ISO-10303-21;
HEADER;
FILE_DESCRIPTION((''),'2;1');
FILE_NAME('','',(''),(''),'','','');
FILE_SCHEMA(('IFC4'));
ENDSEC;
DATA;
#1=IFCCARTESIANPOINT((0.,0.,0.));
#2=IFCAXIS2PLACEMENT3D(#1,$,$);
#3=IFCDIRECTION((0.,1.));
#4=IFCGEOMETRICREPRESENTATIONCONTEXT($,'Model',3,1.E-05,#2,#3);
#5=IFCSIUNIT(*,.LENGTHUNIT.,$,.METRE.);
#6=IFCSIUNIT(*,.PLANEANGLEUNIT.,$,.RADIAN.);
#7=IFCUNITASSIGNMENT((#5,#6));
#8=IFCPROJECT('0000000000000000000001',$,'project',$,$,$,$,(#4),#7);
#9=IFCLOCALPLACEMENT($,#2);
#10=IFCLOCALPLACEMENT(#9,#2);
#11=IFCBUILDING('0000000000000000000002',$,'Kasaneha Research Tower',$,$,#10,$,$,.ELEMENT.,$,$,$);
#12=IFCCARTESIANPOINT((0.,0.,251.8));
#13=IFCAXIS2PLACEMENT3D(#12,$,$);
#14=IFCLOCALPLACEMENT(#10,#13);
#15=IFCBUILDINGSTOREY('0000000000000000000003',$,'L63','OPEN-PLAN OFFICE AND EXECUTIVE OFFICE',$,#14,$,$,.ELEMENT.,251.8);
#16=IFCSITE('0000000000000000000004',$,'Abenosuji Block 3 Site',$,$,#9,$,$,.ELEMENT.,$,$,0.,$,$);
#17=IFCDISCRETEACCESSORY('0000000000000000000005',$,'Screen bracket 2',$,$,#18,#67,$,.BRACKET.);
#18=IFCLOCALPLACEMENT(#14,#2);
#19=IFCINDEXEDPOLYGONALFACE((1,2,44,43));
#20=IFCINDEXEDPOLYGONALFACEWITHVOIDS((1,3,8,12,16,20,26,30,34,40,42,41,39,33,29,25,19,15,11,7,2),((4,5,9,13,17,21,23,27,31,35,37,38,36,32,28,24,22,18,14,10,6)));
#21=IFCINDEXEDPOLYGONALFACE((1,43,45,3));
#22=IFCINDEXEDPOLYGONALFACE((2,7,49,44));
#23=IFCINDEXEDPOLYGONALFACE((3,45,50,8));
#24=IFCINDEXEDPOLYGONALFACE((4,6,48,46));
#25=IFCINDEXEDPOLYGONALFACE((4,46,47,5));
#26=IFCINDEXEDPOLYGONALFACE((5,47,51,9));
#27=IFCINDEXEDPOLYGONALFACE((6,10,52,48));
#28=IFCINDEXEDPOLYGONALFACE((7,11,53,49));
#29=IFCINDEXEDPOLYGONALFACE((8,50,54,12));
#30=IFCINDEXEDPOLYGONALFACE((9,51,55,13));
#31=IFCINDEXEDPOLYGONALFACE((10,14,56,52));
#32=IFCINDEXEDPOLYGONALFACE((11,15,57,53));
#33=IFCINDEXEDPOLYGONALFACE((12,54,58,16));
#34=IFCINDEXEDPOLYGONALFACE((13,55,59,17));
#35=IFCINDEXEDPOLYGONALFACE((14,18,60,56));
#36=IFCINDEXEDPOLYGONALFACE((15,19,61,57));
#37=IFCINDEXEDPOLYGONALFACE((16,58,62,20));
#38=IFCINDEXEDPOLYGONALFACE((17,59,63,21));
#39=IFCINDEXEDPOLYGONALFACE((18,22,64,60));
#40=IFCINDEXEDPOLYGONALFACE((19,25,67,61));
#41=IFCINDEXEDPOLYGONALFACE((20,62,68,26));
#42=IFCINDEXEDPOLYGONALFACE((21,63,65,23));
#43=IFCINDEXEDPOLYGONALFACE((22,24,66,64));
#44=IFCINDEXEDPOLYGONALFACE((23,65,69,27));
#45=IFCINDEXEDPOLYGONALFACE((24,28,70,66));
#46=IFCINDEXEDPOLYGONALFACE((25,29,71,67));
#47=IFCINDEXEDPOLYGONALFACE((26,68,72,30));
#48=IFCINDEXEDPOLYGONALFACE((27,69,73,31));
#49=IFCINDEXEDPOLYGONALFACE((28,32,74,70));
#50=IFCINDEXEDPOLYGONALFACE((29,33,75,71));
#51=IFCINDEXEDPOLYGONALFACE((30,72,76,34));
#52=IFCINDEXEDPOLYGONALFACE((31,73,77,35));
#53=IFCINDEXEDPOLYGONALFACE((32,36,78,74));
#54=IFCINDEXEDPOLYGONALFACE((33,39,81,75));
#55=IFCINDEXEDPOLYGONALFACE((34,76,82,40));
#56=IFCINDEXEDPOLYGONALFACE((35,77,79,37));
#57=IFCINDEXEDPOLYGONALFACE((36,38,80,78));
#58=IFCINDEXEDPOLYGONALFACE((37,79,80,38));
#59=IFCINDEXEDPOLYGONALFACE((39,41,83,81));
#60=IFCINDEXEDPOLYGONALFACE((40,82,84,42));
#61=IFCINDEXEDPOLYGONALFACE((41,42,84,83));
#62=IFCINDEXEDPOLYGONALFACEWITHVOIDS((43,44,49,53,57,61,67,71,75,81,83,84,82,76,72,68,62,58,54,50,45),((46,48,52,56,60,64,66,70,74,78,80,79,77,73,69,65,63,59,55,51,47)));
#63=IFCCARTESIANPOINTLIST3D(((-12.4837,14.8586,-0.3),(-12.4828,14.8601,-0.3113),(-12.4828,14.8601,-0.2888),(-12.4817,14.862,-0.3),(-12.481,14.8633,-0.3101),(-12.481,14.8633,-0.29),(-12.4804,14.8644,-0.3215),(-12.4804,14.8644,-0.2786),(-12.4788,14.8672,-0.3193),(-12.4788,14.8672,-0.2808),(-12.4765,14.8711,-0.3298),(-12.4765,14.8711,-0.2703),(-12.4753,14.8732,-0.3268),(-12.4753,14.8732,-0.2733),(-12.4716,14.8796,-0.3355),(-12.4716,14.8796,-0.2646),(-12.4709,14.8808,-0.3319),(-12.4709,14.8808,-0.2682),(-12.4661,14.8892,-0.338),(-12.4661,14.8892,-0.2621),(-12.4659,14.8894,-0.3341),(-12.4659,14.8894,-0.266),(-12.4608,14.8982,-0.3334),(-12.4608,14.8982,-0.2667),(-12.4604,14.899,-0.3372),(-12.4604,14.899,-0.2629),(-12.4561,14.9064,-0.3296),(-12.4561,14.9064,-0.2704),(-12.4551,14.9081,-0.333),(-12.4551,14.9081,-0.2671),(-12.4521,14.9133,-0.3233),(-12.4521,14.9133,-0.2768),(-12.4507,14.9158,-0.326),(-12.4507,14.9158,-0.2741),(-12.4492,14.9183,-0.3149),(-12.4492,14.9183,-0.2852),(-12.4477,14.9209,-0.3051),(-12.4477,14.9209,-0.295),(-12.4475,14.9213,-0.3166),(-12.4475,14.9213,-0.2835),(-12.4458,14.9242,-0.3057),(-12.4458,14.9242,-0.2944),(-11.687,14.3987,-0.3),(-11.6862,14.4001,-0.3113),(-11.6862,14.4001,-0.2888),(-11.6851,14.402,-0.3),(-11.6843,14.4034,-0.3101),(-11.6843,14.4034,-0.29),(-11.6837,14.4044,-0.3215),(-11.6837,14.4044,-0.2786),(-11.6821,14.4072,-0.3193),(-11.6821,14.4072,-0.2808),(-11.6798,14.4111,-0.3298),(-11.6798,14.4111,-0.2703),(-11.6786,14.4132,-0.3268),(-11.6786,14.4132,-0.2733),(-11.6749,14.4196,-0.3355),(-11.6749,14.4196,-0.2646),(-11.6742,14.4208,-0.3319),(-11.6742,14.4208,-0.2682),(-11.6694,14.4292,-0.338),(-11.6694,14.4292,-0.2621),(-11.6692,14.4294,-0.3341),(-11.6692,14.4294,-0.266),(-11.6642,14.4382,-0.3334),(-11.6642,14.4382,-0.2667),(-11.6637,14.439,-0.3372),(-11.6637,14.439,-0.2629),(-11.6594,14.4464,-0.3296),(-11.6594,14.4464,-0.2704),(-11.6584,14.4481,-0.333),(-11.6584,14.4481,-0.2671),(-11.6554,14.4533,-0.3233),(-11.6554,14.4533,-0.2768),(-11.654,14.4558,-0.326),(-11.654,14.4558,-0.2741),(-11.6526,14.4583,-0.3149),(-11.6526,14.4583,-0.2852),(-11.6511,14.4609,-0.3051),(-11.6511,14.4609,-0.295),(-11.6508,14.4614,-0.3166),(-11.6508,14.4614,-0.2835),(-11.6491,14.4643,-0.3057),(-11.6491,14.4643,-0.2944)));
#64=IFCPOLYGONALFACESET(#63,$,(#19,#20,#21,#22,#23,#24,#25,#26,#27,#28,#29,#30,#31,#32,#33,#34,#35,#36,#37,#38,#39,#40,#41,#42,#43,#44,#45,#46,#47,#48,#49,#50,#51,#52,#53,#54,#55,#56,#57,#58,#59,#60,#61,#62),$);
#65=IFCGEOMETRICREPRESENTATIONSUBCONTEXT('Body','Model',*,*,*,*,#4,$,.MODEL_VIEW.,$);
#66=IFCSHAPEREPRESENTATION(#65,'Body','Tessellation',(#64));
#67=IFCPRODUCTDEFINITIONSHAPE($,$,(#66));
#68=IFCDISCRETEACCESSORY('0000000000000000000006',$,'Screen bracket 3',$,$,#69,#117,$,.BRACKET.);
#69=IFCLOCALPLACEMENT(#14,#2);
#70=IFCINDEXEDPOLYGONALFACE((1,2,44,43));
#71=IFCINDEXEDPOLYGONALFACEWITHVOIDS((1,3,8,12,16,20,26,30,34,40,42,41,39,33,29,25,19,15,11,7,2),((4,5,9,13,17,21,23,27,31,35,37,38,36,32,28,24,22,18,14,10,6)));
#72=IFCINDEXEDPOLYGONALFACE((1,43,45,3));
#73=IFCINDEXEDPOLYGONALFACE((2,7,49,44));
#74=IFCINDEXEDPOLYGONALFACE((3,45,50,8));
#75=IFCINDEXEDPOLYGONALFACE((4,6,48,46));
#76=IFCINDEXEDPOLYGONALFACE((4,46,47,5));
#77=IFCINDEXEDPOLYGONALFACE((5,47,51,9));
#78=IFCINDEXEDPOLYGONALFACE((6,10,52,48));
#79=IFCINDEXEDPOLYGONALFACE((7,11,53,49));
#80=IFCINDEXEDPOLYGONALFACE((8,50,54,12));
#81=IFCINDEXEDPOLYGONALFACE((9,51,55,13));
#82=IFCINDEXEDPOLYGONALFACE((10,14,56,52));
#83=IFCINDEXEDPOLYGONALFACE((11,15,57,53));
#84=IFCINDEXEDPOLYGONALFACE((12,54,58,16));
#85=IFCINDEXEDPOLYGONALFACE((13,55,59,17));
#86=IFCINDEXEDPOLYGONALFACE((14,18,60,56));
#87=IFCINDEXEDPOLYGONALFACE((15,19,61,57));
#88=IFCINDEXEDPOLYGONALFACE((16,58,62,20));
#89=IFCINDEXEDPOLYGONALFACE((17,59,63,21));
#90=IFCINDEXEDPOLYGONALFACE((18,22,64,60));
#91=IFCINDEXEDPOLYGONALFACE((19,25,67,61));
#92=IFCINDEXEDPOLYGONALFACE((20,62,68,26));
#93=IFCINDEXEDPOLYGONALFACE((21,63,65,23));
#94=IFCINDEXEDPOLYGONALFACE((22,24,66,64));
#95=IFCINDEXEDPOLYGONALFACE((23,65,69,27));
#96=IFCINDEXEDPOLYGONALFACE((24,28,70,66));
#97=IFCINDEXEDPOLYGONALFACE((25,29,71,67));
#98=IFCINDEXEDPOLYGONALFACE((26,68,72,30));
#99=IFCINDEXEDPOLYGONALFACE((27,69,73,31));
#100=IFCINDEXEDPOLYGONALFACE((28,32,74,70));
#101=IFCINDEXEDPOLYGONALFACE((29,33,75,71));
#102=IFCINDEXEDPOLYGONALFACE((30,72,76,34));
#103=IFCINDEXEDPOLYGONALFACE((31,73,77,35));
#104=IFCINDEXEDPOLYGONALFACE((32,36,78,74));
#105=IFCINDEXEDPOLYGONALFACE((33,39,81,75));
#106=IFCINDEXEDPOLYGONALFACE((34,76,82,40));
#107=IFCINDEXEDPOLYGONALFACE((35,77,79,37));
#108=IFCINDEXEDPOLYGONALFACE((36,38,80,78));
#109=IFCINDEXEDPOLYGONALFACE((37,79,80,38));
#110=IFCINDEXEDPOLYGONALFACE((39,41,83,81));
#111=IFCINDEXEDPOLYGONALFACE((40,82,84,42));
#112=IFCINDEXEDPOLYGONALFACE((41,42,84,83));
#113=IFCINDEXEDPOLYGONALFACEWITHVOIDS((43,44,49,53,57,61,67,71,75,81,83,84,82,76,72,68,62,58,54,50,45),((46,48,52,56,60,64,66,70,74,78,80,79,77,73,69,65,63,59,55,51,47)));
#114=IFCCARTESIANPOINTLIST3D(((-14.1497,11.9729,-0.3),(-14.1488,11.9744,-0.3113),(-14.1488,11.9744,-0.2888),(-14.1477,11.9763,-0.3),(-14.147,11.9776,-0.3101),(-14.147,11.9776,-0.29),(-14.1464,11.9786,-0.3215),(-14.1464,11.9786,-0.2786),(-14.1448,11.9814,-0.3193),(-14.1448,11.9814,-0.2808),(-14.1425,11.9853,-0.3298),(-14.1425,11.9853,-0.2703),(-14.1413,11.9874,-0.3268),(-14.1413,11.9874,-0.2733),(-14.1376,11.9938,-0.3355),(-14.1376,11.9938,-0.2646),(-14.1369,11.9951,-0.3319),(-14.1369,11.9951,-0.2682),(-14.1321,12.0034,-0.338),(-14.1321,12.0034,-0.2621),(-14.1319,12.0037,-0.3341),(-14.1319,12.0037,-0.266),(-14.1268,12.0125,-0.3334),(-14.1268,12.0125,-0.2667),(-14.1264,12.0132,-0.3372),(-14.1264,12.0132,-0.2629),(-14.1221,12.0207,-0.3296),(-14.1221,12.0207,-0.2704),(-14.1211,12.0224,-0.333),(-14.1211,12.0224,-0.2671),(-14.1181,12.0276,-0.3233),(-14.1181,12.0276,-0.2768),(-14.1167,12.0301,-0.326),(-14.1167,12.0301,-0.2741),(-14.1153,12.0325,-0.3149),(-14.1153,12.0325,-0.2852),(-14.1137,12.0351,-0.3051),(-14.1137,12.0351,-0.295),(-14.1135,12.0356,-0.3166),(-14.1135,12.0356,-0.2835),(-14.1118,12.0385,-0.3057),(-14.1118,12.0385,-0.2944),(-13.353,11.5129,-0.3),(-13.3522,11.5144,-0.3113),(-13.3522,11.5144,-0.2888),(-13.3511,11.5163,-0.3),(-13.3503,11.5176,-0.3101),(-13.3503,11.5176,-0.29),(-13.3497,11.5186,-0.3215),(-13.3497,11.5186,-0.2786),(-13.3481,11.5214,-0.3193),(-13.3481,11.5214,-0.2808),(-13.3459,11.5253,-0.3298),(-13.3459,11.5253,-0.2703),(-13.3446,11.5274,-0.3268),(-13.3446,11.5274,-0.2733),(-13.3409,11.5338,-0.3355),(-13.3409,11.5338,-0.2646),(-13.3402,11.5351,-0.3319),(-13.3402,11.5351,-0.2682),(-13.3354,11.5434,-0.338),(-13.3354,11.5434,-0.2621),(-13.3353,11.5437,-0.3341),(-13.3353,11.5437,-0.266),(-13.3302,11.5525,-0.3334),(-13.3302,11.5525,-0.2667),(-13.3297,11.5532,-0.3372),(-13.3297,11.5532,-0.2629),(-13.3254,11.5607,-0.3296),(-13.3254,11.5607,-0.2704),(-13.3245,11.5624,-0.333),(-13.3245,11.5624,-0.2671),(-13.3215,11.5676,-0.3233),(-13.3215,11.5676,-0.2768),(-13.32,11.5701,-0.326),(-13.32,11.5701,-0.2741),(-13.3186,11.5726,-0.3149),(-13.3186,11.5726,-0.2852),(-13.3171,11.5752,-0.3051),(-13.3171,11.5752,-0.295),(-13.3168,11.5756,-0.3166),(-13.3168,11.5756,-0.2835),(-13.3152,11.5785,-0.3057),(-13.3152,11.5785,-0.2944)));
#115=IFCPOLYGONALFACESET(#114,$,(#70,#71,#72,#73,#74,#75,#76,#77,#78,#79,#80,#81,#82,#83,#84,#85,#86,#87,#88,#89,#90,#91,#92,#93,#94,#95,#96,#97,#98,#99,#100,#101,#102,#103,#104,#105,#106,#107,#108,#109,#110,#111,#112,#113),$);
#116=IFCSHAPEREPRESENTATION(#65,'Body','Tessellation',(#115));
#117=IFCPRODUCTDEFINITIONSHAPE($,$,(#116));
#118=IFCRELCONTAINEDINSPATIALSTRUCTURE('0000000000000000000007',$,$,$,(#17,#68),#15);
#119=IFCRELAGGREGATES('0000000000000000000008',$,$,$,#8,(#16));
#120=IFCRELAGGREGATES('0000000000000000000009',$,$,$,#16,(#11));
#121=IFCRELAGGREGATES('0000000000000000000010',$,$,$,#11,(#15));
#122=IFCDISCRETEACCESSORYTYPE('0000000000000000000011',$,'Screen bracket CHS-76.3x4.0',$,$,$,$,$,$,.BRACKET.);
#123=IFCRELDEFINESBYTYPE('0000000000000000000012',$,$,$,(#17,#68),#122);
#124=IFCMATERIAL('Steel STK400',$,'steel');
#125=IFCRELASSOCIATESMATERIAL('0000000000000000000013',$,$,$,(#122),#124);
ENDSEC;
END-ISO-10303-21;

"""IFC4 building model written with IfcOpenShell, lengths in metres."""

from ifc_helpers import new_model, si_unit, direction, frame, origin, origin_2d, place, context, subcontext, project, spatial, hollow_circle, extrude, material, material_profile, profile_set, type_object, element, save


model = new_model("IFC4")

# Units and contexts
model_context = context("Model", 3, precision=1e-05, world=origin(), true_north=direction((0.0, 1.0)))
body_context = subcontext(model_context, "Body", "Model", "MODEL_VIEW")
ifc_project = project(units=[si_unit("LENGTHUNIT", "METRE"), si_unit("PLANEANGLEUNIT", "RADIAN")], contexts=[model_context])

# Site, building, storey
site_placement = place(None, origin())
site = spatial("IfcSite", under=ifc_project, at=site_placement, Name="Abenosuji Block 3 Site", CompositionType="ELEMENT", RefElevation=0.0)
building_placement = place(site_placement, origin())
building = spatial("IfcBuilding", under=site, at=building_placement, Name="Kasaneha Research Tower", CompositionType="ELEMENT")
storey_placement = place(building_placement, frame((0.0, 0.0, 251.8)))
storey = spatial("IfcBuildingStorey", under=building, at=storey_placement, Name="L63", Description="OPEN-PLAN OFFICE AND EXECUTIVE OFFICE", CompositionType="ELEMENT", Elevation=251.8)

# Discrete accessories
ifc_material_1 = material(Name="Steel STK400", Category="steel")
ifc_material_profile_1 = material_profile(ifc_material_1, hollow_circle(Radius=0.0381, WallThickness=0.0039, at=origin_2d()), Name="CHS-76.3x4.0")
ifc_profile_set_1 = profile_set([ifc_material_profile_1], Name="Steel STK400")
discrete_accessory_type = type_object("IfcDiscreteAccessoryType", Name="Screen bracket CHS-76.3x4.0", PredefinedType="BRACKET", material=ifc_profile_set_1)
for number, where, z_axis, x_axis, name in (
    (1, (-11.668, 14.4316, -0.3), (-0.866013, 0.500021, 0.0), (-0.500021, -0.866013, 0.0), "Screen bracket 2"),
    (2, (-13.334, 11.5459, -0.3), (-0.866013, 0.500021, 0.0), (-0.500021, -0.866013, 0.0), "Screen bracket 3"),
):
    element("IfcDiscreteAccessory", number, at=place(storey_placement, frame(where, z_axis=z_axis, x_axis=x_axis)), inside=storey, type_object=discrete_accessory_type, Name=name, PredefinedType="BRACKET", context=body_context, shape_type="SweptSolid", body=[
        extrude(hollow_circle(Radius=0.0381, WallThickness=0.0039, at=origin_2d()), origin(), (0.0, 0.0, 1.0), 0.9199),
    ])

save(model, "model.ifc")
